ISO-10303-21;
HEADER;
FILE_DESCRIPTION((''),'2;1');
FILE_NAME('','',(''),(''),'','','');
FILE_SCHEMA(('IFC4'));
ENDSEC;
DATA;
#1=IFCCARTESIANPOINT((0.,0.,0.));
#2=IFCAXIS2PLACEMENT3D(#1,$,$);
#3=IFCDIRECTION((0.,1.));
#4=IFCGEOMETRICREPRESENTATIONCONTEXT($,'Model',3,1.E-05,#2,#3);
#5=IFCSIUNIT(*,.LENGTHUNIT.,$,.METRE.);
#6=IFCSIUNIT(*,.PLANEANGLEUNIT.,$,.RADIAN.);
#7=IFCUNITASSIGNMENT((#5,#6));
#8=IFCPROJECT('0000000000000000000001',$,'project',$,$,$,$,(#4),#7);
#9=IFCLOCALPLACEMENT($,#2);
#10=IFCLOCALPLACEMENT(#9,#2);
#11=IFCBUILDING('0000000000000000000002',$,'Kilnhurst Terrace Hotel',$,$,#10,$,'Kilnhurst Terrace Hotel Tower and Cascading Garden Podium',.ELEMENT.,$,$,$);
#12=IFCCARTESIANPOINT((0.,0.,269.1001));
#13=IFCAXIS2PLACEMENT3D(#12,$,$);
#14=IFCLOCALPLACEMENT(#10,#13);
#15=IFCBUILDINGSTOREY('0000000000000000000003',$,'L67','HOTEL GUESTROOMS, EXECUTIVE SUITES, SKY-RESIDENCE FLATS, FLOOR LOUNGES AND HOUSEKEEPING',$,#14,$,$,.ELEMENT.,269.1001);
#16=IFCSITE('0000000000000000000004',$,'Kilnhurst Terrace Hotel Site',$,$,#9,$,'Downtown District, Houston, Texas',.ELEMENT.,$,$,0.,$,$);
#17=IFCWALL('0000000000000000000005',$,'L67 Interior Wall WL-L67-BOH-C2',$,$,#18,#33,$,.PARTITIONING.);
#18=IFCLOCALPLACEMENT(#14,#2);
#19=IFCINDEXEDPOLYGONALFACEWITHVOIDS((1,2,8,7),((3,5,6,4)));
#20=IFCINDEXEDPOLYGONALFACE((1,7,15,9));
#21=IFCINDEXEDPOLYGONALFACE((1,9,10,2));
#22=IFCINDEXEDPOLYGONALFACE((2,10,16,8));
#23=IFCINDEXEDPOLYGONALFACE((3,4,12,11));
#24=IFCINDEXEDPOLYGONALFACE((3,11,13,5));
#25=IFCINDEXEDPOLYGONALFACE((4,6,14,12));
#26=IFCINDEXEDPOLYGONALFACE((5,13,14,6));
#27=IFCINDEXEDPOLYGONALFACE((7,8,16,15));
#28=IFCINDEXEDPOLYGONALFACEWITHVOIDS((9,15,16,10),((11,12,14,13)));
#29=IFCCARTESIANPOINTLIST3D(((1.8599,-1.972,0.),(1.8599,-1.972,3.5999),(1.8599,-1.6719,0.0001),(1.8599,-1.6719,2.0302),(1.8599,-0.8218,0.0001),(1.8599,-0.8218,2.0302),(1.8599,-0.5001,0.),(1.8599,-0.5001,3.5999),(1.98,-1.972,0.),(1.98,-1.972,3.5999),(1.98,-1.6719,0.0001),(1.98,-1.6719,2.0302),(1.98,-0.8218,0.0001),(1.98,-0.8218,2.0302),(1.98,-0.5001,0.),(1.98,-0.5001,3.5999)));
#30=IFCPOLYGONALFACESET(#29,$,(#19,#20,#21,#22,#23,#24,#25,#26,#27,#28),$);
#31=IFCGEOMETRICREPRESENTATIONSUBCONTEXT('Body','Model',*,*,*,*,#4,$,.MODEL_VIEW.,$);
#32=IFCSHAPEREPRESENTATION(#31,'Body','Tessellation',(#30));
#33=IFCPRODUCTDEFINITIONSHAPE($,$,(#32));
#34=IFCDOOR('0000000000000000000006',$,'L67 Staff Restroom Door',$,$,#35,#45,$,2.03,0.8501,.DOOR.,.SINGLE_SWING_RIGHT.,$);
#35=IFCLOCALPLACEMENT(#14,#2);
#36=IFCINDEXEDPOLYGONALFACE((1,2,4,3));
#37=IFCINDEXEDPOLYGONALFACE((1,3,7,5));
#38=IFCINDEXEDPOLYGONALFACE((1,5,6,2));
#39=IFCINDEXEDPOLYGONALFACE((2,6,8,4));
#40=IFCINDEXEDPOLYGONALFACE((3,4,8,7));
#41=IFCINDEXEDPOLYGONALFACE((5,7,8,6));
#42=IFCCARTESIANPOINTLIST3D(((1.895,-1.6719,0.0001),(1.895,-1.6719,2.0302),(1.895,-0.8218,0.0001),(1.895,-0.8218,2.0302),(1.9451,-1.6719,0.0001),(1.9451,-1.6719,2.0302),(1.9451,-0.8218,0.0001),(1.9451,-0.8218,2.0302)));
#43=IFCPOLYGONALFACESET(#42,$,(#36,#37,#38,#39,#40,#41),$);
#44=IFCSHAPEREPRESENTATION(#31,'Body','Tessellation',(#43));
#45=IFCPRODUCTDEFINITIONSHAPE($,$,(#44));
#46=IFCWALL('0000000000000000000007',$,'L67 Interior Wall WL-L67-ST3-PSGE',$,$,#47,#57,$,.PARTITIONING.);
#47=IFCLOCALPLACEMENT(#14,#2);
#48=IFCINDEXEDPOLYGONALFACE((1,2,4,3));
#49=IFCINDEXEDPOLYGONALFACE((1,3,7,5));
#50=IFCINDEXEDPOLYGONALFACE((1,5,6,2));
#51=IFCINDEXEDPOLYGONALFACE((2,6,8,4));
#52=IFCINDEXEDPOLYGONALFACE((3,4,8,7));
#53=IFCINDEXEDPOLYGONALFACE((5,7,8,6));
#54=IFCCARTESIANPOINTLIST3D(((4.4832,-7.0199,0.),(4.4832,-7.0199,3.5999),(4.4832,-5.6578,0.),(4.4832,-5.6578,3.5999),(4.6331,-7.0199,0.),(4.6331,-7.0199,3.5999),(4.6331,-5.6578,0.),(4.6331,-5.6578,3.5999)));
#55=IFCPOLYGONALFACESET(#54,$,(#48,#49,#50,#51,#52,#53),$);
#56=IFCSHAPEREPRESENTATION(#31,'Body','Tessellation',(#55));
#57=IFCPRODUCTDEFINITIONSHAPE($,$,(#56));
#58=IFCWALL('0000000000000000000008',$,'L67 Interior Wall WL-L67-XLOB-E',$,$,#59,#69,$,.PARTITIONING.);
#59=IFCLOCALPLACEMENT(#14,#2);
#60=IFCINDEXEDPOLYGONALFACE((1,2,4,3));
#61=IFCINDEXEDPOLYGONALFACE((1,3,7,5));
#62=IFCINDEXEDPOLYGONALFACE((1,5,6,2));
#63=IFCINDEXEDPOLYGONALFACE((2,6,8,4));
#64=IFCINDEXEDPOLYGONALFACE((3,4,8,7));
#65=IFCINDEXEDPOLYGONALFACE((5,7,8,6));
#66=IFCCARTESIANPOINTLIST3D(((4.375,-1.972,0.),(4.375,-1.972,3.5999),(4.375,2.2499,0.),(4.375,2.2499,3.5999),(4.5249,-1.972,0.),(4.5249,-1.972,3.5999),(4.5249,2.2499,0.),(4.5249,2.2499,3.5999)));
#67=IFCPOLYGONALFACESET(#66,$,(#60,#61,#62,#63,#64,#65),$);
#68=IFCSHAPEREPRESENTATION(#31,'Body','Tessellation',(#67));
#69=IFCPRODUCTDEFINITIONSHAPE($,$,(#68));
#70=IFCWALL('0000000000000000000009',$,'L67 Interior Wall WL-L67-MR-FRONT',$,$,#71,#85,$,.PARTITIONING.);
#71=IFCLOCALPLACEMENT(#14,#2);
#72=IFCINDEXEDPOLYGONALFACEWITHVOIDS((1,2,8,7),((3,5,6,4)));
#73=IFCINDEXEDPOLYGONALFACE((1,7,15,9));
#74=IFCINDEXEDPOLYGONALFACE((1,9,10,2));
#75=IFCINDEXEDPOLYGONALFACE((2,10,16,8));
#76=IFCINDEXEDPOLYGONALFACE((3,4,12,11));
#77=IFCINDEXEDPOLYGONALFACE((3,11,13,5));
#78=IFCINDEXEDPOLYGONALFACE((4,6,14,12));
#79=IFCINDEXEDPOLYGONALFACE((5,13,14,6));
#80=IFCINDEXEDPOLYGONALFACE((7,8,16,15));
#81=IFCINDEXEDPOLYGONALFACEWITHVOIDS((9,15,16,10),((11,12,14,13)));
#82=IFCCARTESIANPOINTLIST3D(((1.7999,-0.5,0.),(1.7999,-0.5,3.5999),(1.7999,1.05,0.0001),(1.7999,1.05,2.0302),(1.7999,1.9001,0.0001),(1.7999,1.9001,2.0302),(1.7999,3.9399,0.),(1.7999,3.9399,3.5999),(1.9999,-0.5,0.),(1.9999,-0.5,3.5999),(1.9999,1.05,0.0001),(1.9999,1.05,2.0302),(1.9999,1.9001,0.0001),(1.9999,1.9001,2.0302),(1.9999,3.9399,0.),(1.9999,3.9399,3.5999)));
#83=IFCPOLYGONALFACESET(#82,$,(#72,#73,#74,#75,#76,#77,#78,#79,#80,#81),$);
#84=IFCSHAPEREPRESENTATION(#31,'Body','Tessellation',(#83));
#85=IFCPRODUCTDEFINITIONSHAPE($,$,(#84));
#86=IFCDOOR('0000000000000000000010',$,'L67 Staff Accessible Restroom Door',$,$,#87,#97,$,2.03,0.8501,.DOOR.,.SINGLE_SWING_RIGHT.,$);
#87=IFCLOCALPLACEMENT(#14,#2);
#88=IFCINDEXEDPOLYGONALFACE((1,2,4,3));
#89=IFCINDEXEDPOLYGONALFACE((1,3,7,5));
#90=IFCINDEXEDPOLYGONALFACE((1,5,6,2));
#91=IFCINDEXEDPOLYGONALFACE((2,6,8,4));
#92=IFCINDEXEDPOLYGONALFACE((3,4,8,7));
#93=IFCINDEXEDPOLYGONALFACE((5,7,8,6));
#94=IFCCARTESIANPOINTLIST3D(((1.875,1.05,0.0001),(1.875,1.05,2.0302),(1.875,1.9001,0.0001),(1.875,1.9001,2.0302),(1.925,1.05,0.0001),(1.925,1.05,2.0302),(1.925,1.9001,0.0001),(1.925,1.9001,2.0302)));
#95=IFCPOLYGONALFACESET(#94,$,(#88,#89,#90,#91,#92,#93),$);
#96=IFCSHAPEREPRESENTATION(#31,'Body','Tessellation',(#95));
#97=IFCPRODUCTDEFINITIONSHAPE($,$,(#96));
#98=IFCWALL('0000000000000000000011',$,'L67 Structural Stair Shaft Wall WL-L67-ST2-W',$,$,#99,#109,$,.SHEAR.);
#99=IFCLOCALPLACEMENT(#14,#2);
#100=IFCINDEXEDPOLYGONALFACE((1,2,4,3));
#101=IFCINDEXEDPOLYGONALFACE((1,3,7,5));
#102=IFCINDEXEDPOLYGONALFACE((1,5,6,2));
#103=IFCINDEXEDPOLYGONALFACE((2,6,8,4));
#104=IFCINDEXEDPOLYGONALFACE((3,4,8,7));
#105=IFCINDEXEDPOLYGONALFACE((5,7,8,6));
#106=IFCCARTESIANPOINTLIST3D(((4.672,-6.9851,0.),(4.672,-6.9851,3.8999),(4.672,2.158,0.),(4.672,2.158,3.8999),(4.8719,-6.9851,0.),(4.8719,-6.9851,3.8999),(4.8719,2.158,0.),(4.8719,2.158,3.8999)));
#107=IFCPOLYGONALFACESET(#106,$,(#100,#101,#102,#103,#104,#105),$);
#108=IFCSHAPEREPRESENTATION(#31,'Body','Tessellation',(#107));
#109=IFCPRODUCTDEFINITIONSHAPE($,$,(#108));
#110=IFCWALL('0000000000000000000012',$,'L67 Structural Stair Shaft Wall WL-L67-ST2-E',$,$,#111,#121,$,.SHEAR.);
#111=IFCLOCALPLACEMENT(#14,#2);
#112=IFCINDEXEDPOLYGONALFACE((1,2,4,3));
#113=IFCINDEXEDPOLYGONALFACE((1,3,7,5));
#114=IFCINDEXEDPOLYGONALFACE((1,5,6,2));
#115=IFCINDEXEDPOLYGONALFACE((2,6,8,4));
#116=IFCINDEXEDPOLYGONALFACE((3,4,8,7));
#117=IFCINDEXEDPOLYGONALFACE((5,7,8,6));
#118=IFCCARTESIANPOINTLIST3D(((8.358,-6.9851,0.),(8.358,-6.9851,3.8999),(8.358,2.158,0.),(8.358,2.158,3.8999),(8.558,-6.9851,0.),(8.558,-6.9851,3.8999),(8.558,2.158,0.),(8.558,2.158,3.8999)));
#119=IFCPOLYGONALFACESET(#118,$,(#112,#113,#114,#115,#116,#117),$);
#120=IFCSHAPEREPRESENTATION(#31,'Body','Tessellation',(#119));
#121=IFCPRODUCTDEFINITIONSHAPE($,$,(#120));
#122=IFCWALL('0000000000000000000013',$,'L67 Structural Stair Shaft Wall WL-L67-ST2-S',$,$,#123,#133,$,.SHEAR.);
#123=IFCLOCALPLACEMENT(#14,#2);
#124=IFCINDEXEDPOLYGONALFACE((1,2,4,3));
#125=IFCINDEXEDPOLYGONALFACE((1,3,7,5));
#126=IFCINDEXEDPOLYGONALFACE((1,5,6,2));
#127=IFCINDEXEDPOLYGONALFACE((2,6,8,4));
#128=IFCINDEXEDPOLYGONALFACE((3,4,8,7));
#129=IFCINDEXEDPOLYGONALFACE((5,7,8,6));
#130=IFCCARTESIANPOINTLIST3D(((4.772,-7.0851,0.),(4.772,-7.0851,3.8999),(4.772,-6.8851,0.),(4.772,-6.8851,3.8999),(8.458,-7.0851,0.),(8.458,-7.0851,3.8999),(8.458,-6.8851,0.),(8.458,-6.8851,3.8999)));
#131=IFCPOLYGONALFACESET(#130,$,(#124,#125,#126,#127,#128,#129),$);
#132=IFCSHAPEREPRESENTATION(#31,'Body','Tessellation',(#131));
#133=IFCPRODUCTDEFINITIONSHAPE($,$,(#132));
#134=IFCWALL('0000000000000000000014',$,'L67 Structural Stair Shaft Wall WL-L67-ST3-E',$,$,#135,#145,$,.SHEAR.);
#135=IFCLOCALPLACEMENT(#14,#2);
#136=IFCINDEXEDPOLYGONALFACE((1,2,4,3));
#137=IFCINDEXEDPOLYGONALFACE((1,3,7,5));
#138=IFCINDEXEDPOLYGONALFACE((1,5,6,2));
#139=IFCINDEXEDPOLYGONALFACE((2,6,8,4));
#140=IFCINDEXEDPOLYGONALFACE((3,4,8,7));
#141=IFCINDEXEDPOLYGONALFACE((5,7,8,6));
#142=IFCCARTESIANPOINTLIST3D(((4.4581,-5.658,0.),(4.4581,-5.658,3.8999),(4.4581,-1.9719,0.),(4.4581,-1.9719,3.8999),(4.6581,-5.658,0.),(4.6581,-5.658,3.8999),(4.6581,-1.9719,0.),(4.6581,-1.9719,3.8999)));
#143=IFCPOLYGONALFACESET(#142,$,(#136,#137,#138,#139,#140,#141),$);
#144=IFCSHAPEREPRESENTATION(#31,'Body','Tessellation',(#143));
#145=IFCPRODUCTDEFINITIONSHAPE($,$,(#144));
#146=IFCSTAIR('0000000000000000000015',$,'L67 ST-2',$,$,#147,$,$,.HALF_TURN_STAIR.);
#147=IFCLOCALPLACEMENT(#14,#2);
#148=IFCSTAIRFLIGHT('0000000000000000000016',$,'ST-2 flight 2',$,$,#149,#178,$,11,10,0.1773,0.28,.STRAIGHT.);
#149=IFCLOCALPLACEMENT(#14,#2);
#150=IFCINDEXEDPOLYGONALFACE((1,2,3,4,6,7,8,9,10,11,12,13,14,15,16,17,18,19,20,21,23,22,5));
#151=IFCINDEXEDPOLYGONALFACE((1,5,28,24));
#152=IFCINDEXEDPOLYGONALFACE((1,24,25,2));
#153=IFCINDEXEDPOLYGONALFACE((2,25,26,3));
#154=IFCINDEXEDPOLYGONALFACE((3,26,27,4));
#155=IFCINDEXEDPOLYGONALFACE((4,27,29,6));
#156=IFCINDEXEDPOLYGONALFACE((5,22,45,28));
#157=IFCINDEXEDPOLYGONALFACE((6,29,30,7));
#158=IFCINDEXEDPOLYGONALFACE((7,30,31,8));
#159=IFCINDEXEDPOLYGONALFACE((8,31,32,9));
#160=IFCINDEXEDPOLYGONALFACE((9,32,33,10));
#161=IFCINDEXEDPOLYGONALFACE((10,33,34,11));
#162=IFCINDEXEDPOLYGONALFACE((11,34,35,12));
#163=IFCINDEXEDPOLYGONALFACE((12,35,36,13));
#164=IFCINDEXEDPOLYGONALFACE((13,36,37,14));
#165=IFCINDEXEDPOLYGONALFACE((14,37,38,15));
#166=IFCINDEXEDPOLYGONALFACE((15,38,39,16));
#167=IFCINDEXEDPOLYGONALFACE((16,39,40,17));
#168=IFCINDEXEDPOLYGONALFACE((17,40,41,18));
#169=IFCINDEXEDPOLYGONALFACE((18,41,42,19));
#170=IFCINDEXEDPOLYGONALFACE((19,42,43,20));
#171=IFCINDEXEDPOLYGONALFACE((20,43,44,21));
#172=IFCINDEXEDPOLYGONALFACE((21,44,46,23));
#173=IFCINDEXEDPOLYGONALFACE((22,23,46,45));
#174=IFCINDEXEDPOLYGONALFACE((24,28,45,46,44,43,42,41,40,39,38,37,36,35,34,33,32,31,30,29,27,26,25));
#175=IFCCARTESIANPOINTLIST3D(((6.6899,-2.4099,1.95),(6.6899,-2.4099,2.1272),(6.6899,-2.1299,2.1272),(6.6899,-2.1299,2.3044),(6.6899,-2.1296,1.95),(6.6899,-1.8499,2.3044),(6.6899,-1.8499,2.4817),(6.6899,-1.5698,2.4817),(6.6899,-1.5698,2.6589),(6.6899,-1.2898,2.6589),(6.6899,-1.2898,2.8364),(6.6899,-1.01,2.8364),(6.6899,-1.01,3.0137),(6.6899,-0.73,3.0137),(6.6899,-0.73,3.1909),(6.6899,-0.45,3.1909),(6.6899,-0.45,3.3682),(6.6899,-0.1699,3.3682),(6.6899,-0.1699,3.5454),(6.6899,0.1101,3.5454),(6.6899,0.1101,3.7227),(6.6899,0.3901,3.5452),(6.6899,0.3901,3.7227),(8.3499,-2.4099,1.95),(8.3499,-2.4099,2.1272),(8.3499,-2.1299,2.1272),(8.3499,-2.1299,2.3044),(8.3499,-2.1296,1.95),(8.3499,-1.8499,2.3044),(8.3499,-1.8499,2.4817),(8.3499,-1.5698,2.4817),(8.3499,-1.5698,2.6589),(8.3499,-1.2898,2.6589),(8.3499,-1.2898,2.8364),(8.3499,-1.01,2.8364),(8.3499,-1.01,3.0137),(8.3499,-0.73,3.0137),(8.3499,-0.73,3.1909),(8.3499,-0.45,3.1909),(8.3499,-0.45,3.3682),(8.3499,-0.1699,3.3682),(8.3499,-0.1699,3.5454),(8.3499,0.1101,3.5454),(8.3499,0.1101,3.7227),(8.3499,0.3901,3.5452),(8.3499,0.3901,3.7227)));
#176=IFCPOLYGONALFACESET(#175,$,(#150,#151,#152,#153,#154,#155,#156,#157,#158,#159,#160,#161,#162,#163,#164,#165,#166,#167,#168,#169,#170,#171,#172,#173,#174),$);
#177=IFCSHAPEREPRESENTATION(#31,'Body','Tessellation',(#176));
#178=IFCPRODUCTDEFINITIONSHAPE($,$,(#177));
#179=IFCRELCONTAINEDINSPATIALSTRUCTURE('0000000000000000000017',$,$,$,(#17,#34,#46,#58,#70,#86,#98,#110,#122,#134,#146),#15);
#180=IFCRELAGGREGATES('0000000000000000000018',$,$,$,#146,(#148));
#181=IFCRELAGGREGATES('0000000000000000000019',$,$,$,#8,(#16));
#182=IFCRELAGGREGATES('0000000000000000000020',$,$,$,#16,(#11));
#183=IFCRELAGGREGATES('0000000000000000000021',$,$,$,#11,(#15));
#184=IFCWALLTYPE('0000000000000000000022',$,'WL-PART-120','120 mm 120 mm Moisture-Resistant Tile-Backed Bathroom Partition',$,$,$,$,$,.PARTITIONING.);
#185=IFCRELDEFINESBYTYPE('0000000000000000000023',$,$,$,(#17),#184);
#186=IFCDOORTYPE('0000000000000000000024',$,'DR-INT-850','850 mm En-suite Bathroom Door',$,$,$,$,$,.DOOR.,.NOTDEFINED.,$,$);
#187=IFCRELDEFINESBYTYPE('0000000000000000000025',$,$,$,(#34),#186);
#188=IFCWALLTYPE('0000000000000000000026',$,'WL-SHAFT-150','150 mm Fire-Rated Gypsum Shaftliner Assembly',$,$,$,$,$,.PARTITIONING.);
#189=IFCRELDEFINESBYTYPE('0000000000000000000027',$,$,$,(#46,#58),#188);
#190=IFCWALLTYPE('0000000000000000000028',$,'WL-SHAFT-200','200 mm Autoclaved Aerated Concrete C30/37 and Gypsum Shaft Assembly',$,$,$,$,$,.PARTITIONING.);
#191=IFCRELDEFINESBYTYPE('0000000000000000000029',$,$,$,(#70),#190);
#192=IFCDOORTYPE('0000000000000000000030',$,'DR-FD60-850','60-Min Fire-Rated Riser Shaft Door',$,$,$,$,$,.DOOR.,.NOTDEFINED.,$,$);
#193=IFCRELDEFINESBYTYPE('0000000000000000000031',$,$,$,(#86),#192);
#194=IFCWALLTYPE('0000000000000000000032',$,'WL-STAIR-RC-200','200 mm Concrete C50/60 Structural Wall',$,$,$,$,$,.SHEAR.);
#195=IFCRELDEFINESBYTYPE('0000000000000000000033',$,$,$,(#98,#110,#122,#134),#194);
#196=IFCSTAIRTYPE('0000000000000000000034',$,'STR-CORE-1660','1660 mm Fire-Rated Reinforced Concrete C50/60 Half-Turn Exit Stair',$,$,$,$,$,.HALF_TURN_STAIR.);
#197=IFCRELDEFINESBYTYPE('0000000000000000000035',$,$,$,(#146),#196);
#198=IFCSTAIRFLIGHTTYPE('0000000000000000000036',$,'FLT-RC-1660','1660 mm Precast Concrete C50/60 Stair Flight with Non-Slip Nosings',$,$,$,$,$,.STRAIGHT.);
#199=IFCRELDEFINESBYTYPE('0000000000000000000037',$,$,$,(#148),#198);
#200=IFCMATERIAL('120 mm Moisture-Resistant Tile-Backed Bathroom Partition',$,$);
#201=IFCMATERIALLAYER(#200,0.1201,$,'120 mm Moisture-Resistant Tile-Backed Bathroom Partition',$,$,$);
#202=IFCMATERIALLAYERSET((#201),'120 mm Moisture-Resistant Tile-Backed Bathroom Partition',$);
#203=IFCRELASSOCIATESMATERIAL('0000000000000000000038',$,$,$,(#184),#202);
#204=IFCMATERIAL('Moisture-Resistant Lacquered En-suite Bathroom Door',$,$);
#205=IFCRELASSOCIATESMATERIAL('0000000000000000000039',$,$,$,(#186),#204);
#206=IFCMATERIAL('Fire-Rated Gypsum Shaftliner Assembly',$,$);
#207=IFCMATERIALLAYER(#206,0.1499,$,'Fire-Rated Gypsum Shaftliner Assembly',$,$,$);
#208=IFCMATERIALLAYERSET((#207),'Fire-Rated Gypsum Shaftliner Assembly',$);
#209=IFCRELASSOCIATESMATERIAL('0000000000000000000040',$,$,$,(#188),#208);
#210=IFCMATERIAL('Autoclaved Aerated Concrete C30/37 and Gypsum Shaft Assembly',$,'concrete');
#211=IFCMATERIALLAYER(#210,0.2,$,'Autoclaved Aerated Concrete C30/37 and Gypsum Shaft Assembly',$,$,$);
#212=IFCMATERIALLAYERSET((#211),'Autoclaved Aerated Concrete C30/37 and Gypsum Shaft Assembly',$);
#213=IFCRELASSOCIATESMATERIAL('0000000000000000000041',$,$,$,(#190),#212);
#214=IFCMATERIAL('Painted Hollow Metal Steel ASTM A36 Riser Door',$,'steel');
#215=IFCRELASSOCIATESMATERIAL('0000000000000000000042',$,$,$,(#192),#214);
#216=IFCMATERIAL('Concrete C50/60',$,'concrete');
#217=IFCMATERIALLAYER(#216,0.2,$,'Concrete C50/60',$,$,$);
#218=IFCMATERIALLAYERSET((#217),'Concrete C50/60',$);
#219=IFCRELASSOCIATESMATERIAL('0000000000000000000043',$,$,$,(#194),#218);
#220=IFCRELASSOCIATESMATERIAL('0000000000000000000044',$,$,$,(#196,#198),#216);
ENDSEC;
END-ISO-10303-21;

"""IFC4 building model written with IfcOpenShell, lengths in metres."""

from ifc_helpers import new_model, si_unit, direction, frame, frame_2d, origin, place, context, subcontext, project, spatial, polyline, rectangle, outline, extrude, material, layer, layer_set, type_object, element, fill, aggregate, save


model = new_model("IFC4")

# Units and contexts
model_context = context("Model", 3, precision=1e-05, world=origin(), true_north=direction((0.0, 1.0)))
body_context = subcontext(model_context, "Body", "Model", "MODEL_VIEW")
ifc_project = project(units=[si_unit("LENGTHUNIT", "METRE"), si_unit("PLANEANGLEUNIT", "RADIAN")], contexts=[model_context])

# Site, building, storey
site_placement = place(None, origin())
site = spatial("IfcSite", under=ifc_project, at=site_placement, Name="Kilnhurst Terrace Hotel Site", LongName="Downtown District, Houston, Texas", CompositionType="ELEMENT", RefElevation=0.0)
building_placement = place(site_placement, origin())
building = spatial("IfcBuilding", under=site, at=building_placement, Name="Kilnhurst Terrace Hotel", LongName="Kilnhurst Terrace Hotel Tower and Cascading Garden Podium", CompositionType="ELEMENT")
storey_placement = place(building_placement, frame((0.0, 0.0, 269.1001)))
storey = spatial("IfcBuildingStorey", under=building, at=storey_placement, Name="L67", Description="HOTEL GUESTROOMS, EXECUTIVE SUITES, SKY-RESIDENCE FLATS, FLOOR LOUNGES AND HOUSEKEEPING", CompositionType="ELEMENT", Elevation=269.1001)

# Wall, opening, door
ifc_material_1 = material(Name="120 mm Moisture-Resistant Tile-Backed Bathroom Partition")
ifc_layer_1 = layer(ifc_material_1, 0.1201, Name="120 mm Moisture-Resistant Tile-Backed Bathroom Partition")
ifc_layer_set_1 = layer_set([ifc_layer_1], Name="120 mm Moisture-Resistant Tile-Backed Bathroom Partition")
wall_type_1 = type_object("IfcWallType", Name="WL-PART-120", Description="120 mm 120 mm Moisture-Resistant Tile-Backed Bathroom Partition", PredefinedType="PARTITIONING", material=ifc_layer_set_1)
wall_1_placement = place(storey_placement, frame((1.9199, -1.9719, 0.0), z_axis=(0.0, 0.0, 1.0), x_axis=(0.0, 1.0, 0.0)))
wall_1 = element("IfcWall", 1, at=wall_1_placement, inside=storey, type_object=wall_type_1, Name="L67 Interior Wall WL-L67-BOH-C2", PredefinedType="PARTITIONING", context=body_context, shape_type="SweptSolid", body=[
    extrude(rectangle(XDim=1.4719, YDim=0.1201, at=frame_2d((0.7358, 0.0))), origin(), (0.0, 0.0, 1.0), 3.5999),
])
opening_1_placement = place(wall_1_placement, frame((0.3, 0.0, 0.0)))
opening_1 = element("IfcOpeningElement", 2, at=opening_1_placement, cuts=wall_1, PredefinedType="OPENING", context=body_context, shape_type="SweptSolid", body=[
    extrude(rectangle(XDim=0.8501, YDim=2.03, at=frame_2d((0.425, 1.0151))), frame((0.0, 0.0701, 0.0), z_axis=(0.0, -1.0, 0.0), x_axis=(1.0, 0.0, 0.0)), (0.0, 0.0, 1.0), 0.1401),
])
ifc_material_2 = material(Name="Moisture-Resistant Lacquered En-suite Bathroom Door")
door_type_1 = type_object("IfcDoorType", Name="DR-INT-850", Description="850 mm En-suite Bathroom Door", OperationType="NOTDEFINED", PredefinedType="DOOR", material=ifc_material_2)
door_1_placement = place(opening_1_placement, origin())
door_1 = element("IfcDoor", 3, at=door_1_placement, inside=storey, type_object=door_type_1, Name="L67 Staff Restroom Door", OperationType="SINGLE_SWING_RIGHT", OverallHeight=2.03, OverallWidth=0.8501, PredefinedType="DOOR", context=body_context, shape_type="SweptSolid", body=[
    extrude(rectangle(XDim=0.8501, YDim=2.03, at=frame_2d((0.425, 1.0151))), frame((0.0, 0.0249, 0.0), z_axis=(0.0, -1.0, 0.0), x_axis=(1.0, 0.0, 0.0)), (0.0, 0.0, 1.0), 0.05),
])
fill(opening_1, door_1)

# Walls
ifc_material_3 = material(Name="Fire-Rated Gypsum Shaftliner Assembly")
ifc_layer_2 = layer(ifc_material_3, 0.1499, Name="Fire-Rated Gypsum Shaftliner Assembly")
ifc_layer_set_2 = layer_set([ifc_layer_2], Name="Fire-Rated Gypsum Shaftliner Assembly")
wall_type_2 = type_object("IfcWallType", Name="WL-SHAFT-150", Description="150 mm Fire-Rated Gypsum Shaftliner Assembly", PredefinedType="PARTITIONING", material=ifc_layer_set_2)
wall_2_placement = place(storey_placement, frame((4.5581, -7.02, 0.0), z_axis=(0.0, 0.0, 1.0), x_axis=(0.0, 1.0, 0.0)))
element("IfcWall", 4, at=wall_2_placement, inside=storey, type_object=wall_type_2, Name="L67 Interior Wall WL-L67-ST3-PSGE", PredefinedType="PARTITIONING", context=body_context, shape_type="SweptSolid", body=[
    extrude(rectangle(XDim=1.3621, YDim=0.1499, at=frame_2d((0.6812, 0.0))), origin(), (0.0, 0.0, 1.0), 3.5999),
])
wall_3_placement = place(storey_placement, frame((4.45, -1.9719, 0.0), z_axis=(0.0, 0.0, 1.0), x_axis=(0.0, 1.0, 0.0)))
element("IfcWall", 5, at=wall_3_placement, inside=storey, type_object=wall_type_2, Name="L67 Interior Wall WL-L67-XLOB-E", PredefinedType="PARTITIONING", context=body_context, shape_type="SweptSolid", body=[
    extrude(rectangle(XDim=4.2219, YDim=0.1499, at=frame_2d((2.1108, 0.0))), origin(), (0.0, 0.0, 1.0), 3.5999),
])

# Wall, opening, door
ifc_material_4 = material(Name="Autoclaved Aerated Concrete C30/37 and Gypsum Shaft Assembly", Category="concrete")
ifc_layer_3 = layer(ifc_material_4, 0.2, Name="Autoclaved Aerated Concrete C30/37 and Gypsum Shaft Assembly")
ifc_layer_set_3 = layer_set([ifc_layer_3], Name="Autoclaved Aerated Concrete C30/37 and Gypsum Shaft Assembly")
wall_type_3 = type_object("IfcWallType", Name="WL-SHAFT-200", Description="200 mm Autoclaved Aerated Concrete C30/37 and Gypsum Shaft Assembly", PredefinedType="PARTITIONING", material=ifc_layer_set_3)
wall_4_placement = place(storey_placement, frame((1.8999, -0.5, 0.0), z_axis=(0.0, 0.0, 1.0), x_axis=(0.0, 1.0, 0.0)))
wall_4 = element("IfcWall", 6, at=wall_4_placement, inside=storey, type_object=wall_type_3, Name="L67 Interior Wall WL-L67-MR-FRONT", PredefinedType="PARTITIONING", context=body_context, shape_type="SweptSolid", body=[
    extrude(rectangle(XDim=4.4399, YDim=0.2, at=frame_2d((2.22, 0.0))), origin(), (0.0, 0.0, 1.0), 3.5999),
])
opening_2_placement = place(wall_4_placement, frame((1.55, 0.0, 0.0)))
opening_2 = element("IfcOpeningElement", 7, at=opening_2_placement, cuts=wall_4, PredefinedType="OPENING", context=body_context, shape_type="SweptSolid", body=[
    extrude(rectangle(XDim=0.8501, YDim=2.03, at=frame_2d((0.425, 1.0151))), frame((0.0, 0.1099, 0.0), z_axis=(0.0, -1.0, 0.0), x_axis=(1.0, 0.0, 0.0)), (0.0, 0.0, 1.0), 0.22),
])
ifc_material_5 = material(Name="Painted Hollow Metal Steel ASTM A36 Riser Door", Category="steel")
door_type_2 = type_object("IfcDoorType", Name="DR-FD60-850", Description="60-Min Fire-Rated Riser Shaft Door", OperationType="NOTDEFINED", PredefinedType="DOOR", material=ifc_material_5)
door_2_placement = place(opening_2_placement, origin())
door_2 = element("IfcDoor", 8, at=door_2_placement, inside=storey, type_object=door_type_2, Name="L67 Staff Accessible Restroom Door", OperationType="SINGLE_SWING_RIGHT", OverallHeight=2.03, OverallWidth=0.8501, PredefinedType="DOOR", context=body_context, shape_type="SweptSolid", body=[
    extrude(rectangle(XDim=0.8501, YDim=2.03, at=frame_2d((0.425, 1.0151))), frame((0.0, 0.0249, 0.0), z_axis=(0.0, -1.0, 0.0), x_axis=(1.0, 0.0, 0.0)), (0.0, 0.0, 1.0), 0.05),
])
fill(opening_2, door_2)

# Walls
ifc_material_6 = material(Name="Concrete C50/60", Category="concrete")
ifc_layer_4 = layer(ifc_material_6, 0.2, Name="Concrete C50/60")
ifc_layer_set_4 = layer_set([ifc_layer_4], Name="Concrete C50/60")
wall_type_4 = type_object("IfcWallType", Name="WL-STAIR-RC-200", Description="200 mm Concrete C50/60 Structural Wall", PredefinedType="SHEAR", material=ifc_layer_set_4)
for number, where, z_axis, x_axis, name in (
    (9, (4.772, -6.9851, 0.0), (0.0, 0.0, 1.0), (0.0, 1.0, 0.0), "L67 Structural Stair Shaft Wall WL-L67-ST2-W"),
    (10, (8.458, -6.9851, 0.0), (0.0, 0.0, 1.0), (0.0, 1.0, 0.0), "L67 Structural Stair Shaft Wall WL-L67-ST2-E"),
):
    element("IfcWall", number, at=place(storey_placement, frame(where, z_axis=z_axis, x_axis=x_axis)), inside=storey, type_object=wall_type_4, Name=name, PredefinedType="SHEAR", context=body_context, shape_type="SweptSolid", body=[
        extrude(rectangle(XDim=9.1431, YDim=0.2, at=frame_2d((4.5715, 0.0))), origin(), (0.0, 0.0, 1.0), 3.8999),
    ])
for number, where, z_axis, x_axis, name in (
    (11, (4.772, -6.9851, 0.0), (0.0, 0.0, 1.0), (1.0, 0.0, 0.0), "L67 Structural Stair Shaft Wall WL-L67-ST2-S"),
    (12, (4.5581, -5.658, 0.0), (0.0, 0.0, 1.0), (0.0, 1.0, 0.0), "L67 Structural Stair Shaft Wall WL-L67-ST3-E"),
):
    element("IfcWall", number, at=place(storey_placement, frame(where, z_axis=z_axis, x_axis=x_axis)), inside=storey, type_object=wall_type_4, Name=name, PredefinedType="SHEAR", context=body_context, shape_type="SweptSolid", body=[
        extrude(rectangle(XDim=3.686, YDim=0.2, at=frame_2d((1.843, 0.0))), origin(), (0.0, 0.0, 1.0), 3.8999),
    ])

# Stair, stair flight
stair_type = type_object("IfcStairType", Name="STR-CORE-1660", Description="1660 mm Fire-Rated Reinforced Concrete C50/60 Half-Turn Exit Stair", PredefinedType="HALF_TURN_STAIR", material=ifc_material_6)
stair_1_placement = place(storey_placement, origin())
stair_1 = element("IfcStair", 13, at=stair_1_placement, inside=storey, type_object=stair_type, Name="L67 ST-2", PredefinedType="HALF_TURN_STAIR")
stair_flight_type = type_object("IfcStairFlightType", Name="FLT-RC-1660", Description="1660 mm Precast Concrete C50/60 Stair Flight with Non-Slip Nosings", PredefinedType="STRAIGHT", material=ifc_material_6)
stair_flight_1_placement = place(storey_placement, frame((7.52, -2.4099, 1.95), z_axis=(0.0, 0.0, 1.0), x_axis=(0.0, 1.0, 0.0)))
stair_flight_1 = element("IfcStairFlight", 14, at=stair_flight_1_placement, type_object=stair_flight_type, Name="ST-2 flight 2", NumberOfRisers=11, NumberOfTreads=10, PredefinedType="STRAIGHT", RiserHeight=0.1773, TreadLength=0.28, context=body_context, shape_type="SweptSolid", body=[
    extrude(outline(polyline([(0.0, 0.0), (0.0, 0.1772), (0.28, 0.1772), (0.28, 0.3545), (0.5601, 0.3545), (0.5601, 0.5317), (0.8401, 0.5317), (0.8401, 0.709), (1.1201, 0.709), (1.1201, 0.8865), (1.3999, 0.8865), (1.3999, 1.0637), (1.6799, 1.0637), (1.6799, 1.241), (1.96, 1.241), (1.96, 1.4182), (2.24, 1.4182), (2.24, 1.5955), (2.52, 1.5955), (2.52, 1.7727), (2.8, 1.7727), (2.8, 1.95), (2.8, 1.5952), (0.2803, 0.0), (0.0, 0.0)])), frame((0.0, 0.8301, 0.0), z_axis=(0.0, -1.0, 0.0), x_axis=(1.0, 0.0, 0.0)), (0.0, 0.0, 1.0), 1.6599),
])
aggregate(stair_1, [stair_flight_1])

save(model, "model.ifc")
